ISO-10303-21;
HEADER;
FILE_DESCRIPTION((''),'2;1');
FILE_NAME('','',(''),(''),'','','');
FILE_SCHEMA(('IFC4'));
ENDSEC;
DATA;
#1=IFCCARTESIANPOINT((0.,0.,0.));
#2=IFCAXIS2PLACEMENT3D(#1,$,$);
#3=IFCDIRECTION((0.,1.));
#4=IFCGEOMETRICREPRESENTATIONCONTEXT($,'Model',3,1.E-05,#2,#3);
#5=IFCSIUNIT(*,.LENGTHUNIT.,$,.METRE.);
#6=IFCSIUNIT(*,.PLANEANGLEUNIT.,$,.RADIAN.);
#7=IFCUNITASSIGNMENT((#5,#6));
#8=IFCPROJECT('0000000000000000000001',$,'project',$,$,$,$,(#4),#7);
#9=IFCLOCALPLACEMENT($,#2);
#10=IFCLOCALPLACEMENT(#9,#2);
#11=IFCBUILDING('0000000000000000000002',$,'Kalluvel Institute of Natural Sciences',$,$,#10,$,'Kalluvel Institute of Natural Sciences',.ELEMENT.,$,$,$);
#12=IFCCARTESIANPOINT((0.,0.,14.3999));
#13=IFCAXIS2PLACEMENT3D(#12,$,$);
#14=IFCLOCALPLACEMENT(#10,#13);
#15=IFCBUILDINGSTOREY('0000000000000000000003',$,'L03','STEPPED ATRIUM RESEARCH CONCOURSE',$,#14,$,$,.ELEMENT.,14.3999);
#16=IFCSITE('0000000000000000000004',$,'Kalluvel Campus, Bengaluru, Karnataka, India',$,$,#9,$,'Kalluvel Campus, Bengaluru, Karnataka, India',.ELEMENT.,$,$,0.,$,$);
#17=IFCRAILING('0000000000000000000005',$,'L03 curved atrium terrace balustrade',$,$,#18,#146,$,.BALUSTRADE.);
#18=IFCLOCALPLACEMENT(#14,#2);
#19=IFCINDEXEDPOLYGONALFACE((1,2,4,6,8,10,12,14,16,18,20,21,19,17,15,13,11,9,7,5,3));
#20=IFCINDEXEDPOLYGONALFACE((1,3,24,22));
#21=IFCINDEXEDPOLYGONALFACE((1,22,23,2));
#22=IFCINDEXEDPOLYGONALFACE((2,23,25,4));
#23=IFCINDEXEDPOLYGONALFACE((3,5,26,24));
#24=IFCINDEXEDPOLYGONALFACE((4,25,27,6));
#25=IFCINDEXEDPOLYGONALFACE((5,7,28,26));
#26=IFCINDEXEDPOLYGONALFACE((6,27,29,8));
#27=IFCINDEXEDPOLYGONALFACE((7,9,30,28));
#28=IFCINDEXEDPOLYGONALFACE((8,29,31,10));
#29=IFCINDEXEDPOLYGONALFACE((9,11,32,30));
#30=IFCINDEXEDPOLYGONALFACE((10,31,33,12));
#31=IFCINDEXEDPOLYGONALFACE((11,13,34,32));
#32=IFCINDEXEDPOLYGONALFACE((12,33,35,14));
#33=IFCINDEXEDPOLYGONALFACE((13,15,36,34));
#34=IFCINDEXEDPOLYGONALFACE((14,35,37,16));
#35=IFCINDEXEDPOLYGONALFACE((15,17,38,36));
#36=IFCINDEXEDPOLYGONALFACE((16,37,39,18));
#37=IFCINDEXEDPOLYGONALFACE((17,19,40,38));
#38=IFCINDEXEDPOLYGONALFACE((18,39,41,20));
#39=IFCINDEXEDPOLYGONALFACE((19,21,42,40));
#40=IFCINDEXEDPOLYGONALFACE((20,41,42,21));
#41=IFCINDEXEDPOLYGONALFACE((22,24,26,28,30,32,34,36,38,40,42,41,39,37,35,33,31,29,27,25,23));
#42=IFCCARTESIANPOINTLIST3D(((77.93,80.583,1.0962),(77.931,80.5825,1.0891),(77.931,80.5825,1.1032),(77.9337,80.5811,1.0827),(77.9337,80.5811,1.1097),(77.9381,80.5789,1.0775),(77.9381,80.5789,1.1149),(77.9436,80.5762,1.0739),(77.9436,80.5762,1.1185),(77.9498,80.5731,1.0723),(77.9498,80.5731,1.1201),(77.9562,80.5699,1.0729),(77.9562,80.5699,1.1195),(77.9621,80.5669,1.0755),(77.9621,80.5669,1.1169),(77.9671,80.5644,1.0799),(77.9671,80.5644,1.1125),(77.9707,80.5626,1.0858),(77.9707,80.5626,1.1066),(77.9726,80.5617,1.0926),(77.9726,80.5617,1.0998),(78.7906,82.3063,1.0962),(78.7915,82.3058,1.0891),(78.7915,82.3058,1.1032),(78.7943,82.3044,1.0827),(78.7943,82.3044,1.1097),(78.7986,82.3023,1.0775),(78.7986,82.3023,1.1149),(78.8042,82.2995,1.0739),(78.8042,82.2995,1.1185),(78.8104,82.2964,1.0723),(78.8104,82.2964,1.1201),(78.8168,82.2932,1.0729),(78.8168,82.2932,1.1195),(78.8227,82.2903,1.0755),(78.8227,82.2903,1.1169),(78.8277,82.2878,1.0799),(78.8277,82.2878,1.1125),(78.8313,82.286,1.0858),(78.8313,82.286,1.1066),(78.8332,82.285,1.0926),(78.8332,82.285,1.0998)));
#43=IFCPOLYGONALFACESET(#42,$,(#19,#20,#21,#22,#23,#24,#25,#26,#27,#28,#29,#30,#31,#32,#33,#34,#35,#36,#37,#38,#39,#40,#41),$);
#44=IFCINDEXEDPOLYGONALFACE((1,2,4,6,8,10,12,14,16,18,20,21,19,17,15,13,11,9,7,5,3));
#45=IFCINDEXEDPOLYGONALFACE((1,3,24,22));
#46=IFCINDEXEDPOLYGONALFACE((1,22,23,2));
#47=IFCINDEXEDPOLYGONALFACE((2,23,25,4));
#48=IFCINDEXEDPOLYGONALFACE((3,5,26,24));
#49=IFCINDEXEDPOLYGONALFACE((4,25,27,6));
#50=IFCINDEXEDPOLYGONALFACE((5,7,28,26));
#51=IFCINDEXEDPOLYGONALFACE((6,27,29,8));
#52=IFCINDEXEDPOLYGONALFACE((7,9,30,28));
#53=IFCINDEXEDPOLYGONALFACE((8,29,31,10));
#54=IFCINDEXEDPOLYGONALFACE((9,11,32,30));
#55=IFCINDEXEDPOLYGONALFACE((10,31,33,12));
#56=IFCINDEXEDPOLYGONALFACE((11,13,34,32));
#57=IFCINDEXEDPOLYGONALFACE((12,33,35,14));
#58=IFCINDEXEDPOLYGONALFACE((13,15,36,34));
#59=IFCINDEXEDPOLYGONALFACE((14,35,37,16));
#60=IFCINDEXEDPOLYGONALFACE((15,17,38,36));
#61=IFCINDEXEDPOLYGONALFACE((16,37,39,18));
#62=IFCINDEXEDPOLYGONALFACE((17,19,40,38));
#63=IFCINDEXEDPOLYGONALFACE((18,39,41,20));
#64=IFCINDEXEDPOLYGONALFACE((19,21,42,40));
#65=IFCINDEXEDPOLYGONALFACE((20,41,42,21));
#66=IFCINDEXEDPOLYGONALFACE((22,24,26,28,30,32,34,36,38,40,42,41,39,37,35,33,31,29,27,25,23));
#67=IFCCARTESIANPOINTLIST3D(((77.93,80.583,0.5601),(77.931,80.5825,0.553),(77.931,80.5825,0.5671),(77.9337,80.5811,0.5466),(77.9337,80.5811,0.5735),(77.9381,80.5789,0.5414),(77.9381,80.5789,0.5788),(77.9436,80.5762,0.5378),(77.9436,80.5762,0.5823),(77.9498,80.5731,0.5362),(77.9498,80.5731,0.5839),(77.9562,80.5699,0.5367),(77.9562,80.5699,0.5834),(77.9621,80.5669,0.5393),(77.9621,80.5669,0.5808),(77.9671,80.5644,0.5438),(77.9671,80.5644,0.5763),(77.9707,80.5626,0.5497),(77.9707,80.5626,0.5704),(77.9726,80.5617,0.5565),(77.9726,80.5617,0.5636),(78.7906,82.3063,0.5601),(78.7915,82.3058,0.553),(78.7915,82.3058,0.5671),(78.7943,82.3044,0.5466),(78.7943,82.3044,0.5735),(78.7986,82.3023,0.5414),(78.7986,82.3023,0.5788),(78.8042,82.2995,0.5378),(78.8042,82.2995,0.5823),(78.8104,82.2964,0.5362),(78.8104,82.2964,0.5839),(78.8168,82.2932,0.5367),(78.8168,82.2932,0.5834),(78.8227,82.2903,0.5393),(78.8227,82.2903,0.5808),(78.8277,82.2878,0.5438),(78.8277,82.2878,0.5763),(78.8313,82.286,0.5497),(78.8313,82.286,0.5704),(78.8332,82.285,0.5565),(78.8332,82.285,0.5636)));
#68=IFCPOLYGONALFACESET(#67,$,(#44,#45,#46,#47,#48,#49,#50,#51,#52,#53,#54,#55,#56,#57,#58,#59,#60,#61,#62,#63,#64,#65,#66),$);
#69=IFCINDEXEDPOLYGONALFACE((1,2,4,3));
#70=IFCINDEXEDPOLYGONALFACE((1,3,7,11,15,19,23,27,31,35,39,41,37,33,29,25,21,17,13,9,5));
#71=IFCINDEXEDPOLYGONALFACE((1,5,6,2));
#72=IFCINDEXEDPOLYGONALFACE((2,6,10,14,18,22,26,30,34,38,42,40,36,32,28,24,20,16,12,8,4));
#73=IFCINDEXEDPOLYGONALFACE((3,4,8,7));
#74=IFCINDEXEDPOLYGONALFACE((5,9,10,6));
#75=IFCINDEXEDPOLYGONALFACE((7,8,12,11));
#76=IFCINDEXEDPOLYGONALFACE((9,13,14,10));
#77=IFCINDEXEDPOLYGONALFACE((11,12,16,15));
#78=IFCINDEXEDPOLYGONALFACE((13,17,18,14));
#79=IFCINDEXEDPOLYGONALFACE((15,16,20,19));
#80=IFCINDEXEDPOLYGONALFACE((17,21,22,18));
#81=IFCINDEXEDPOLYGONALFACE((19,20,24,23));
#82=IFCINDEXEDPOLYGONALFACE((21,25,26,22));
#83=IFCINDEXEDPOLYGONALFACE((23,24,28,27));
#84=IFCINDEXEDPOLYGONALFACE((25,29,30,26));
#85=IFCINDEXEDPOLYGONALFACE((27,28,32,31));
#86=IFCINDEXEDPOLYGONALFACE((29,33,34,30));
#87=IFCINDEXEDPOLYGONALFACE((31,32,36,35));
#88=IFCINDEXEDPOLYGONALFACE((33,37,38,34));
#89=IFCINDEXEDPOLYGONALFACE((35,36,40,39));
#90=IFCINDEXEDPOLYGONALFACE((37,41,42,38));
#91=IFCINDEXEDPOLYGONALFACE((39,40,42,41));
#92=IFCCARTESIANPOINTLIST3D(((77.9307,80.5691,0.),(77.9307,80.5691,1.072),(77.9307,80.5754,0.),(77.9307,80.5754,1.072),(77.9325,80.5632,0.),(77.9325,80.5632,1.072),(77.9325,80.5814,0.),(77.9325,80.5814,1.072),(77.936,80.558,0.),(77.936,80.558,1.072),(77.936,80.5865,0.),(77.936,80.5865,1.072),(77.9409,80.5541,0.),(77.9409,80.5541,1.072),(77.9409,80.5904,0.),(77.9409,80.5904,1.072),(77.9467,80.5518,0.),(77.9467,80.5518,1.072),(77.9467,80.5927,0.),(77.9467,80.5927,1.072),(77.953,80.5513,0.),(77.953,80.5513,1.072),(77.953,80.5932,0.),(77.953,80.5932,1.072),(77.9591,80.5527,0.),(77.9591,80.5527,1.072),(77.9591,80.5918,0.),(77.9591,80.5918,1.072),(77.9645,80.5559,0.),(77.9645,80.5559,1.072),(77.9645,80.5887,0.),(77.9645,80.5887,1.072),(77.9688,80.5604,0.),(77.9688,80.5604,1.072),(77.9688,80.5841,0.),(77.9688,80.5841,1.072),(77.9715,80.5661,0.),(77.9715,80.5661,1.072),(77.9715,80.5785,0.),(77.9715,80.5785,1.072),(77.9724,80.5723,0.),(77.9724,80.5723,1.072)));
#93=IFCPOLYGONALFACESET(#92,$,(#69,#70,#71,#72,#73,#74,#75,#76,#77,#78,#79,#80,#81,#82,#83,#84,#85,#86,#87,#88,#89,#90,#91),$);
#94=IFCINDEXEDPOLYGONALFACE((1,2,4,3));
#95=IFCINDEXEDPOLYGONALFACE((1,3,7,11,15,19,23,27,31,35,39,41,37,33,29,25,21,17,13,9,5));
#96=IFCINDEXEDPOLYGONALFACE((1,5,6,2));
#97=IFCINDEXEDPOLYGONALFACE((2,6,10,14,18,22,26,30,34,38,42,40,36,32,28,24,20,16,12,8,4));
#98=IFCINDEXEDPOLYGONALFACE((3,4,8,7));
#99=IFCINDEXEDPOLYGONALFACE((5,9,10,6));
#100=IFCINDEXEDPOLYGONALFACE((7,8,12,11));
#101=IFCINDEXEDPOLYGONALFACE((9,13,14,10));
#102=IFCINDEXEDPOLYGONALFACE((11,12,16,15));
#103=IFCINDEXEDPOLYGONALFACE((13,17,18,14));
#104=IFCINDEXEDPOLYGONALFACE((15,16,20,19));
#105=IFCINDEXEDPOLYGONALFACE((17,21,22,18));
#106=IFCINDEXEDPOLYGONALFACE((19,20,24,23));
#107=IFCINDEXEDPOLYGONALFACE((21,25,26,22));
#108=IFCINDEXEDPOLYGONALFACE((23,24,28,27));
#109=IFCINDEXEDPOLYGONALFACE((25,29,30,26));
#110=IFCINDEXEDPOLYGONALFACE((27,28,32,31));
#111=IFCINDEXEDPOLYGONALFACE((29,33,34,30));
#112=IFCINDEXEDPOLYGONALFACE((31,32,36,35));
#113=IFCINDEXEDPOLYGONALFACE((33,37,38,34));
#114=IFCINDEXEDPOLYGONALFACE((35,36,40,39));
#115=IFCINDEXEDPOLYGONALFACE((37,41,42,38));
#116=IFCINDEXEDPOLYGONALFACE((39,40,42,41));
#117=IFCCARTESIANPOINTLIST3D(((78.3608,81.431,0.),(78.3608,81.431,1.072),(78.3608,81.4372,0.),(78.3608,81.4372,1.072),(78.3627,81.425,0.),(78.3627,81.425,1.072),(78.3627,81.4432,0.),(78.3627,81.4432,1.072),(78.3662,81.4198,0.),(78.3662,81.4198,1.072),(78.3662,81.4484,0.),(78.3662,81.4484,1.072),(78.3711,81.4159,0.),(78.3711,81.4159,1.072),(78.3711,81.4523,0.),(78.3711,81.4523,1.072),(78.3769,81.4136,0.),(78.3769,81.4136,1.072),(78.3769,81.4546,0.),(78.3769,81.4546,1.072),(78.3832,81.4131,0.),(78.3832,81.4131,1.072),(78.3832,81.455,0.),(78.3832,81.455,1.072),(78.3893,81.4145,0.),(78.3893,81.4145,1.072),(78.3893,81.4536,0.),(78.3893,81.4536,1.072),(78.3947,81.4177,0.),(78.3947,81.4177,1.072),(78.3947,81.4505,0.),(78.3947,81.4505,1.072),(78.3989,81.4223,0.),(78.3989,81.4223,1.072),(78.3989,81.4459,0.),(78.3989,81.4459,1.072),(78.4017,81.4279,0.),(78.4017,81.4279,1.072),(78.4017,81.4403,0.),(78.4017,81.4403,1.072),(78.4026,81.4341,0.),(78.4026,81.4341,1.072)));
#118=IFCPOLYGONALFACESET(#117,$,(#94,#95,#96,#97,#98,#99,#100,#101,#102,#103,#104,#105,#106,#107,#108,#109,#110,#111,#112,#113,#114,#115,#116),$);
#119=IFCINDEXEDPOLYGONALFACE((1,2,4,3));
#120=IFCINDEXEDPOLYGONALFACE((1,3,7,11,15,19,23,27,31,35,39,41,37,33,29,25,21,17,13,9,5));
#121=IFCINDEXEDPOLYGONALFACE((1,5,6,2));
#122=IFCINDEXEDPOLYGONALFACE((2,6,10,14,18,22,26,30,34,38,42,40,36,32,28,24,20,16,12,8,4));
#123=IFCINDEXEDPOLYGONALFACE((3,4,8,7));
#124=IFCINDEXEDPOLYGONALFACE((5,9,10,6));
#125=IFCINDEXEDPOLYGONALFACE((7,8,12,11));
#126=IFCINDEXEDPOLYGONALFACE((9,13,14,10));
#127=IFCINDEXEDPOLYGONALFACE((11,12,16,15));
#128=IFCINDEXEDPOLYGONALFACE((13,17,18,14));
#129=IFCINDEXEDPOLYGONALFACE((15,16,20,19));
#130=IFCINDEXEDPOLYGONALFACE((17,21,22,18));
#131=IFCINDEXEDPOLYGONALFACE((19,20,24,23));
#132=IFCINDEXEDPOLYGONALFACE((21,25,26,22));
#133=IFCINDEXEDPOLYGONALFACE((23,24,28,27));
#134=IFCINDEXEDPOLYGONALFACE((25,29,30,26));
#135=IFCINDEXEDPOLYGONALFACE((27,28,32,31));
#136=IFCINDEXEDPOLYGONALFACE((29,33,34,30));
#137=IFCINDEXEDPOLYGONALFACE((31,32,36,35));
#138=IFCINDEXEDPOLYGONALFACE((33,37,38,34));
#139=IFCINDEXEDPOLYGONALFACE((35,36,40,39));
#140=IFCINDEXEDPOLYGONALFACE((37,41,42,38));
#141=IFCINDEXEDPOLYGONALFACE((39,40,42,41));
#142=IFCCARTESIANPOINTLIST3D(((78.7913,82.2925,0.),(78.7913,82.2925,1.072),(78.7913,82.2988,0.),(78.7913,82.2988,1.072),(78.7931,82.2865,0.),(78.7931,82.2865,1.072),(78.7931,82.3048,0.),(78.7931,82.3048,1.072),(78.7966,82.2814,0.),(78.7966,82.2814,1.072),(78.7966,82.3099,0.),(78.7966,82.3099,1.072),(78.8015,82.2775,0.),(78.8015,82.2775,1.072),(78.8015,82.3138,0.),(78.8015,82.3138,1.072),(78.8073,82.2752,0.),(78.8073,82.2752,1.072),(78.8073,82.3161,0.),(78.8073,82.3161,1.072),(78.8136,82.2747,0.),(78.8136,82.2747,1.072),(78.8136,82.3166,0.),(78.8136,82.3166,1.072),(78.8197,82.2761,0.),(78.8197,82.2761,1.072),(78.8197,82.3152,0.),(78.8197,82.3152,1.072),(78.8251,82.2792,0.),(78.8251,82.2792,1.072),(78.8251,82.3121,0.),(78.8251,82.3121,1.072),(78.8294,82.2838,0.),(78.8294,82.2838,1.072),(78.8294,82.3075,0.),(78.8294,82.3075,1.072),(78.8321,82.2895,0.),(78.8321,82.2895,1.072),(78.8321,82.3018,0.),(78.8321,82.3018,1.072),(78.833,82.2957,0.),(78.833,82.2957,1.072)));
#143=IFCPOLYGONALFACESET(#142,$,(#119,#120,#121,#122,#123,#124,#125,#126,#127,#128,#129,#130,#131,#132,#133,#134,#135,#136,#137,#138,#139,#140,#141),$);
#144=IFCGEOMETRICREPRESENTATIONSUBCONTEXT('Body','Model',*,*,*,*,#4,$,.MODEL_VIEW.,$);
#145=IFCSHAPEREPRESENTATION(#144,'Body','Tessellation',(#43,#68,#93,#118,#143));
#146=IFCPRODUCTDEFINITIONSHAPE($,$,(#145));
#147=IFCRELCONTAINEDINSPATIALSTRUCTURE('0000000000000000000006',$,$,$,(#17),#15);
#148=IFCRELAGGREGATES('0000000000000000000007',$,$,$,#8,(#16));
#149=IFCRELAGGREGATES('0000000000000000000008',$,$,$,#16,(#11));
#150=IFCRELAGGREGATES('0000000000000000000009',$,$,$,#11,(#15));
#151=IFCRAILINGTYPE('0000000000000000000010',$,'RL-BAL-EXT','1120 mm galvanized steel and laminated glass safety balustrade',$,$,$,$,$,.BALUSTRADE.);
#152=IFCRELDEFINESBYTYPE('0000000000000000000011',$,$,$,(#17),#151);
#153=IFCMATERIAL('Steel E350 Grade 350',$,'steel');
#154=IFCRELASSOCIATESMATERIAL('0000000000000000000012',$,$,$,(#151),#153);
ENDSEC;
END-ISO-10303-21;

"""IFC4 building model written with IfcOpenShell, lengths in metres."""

from ifc_helpers import new_model, si_unit, direction, frame, origin, origin_2d, place, context, subcontext, project, spatial, circle, extrude, material, type_object, element, save


model = new_model("IFC4")

# Units and contexts
model_context = context("Model", 3, precision=1e-05, world=origin(), true_north=direction((0.0, 1.0)))
body_context = subcontext(model_context, "Body", "Model", "MODEL_VIEW")
ifc_project = project(units=[si_unit("LENGTHUNIT", "METRE"), si_unit("PLANEANGLEUNIT", "RADIAN")], contexts=[model_context])

# Site, building, storey
site_placement = place(None, origin())
site = spatial("IfcSite", under=ifc_project, at=site_placement, Name="Kalluvel Campus, Bengaluru, Karnataka, India", LongName="Kalluvel Campus, Bengaluru, Karnataka, India", CompositionType="ELEMENT", RefElevation=0.0)
building_placement = place(site_placement, origin())
building = spatial("IfcBuilding", under=site, at=building_placement, Name="Kalluvel Institute of Natural Sciences", LongName="Kalluvel Institute of Natural Sciences", CompositionType="ELEMENT")
storey_placement = place(building_placement, frame((0.0, 0.0, 14.3999)))
storey = spatial("IfcBuildingStorey", under=building, at=storey_placement, Name="L03", Description="STEPPED ATRIUM RESEARCH CONCOURSE", CompositionType="ELEMENT", Elevation=14.3999)

# Railing
ifc_material_1 = material(Name="Steel E350 Grade 350", Category="steel")
railing_type = type_object("IfcRailingType", Name="RL-BAL-EXT", Description="1120 mm galvanized steel and laminated glass safety balustrade", PredefinedType="BALUSTRADE", material=ifc_material_1)
railing_placement = place(storey_placement, frame((77.9514, 80.5723, 0.0)))
element("IfcRailing", 1, at=railing_placement, inside=storey, type_object=railing_type, Name="L03 curved atrium terrace balustrade", PredefinedType="BALUSTRADE", context=body_context, shape_type="SweptSolid", body=[
    extrude(circle(Radius=0.0239, at=origin_2d()), frame((0.0, 0.0, 1.0962), z_axis=(0.446757, 0.894655, 0.0), x_axis=(-0.894655, 0.446757, 0.0)), (0.0, 0.0, 1.0), 1.9263),
    extrude(circle(Radius=0.0239, at=origin_2d()), frame((0.0, 0.0, 0.5601), z_axis=(0.446757, 0.894655, 0.0), x_axis=(-0.894655, 0.446757, 0.0)), (0.0, 0.0, 1.0), 1.9263),
    extrude(circle(Radius=0.021, at=origin_2d()), origin(), (0.0, 0.0, 1.0), 1.072),
    extrude(circle(Radius=0.021, at=origin_2d()), frame((0.4302, 0.8618, 0.0)), (0.0, 0.0, 1.0), 1.072),
    extrude(circle(Radius=0.021, at=origin_2d()), frame((0.8606, 1.7234, 0.0)), (0.0, 0.0, 1.0), 1.072),
])

save(model, "model.ifc")
